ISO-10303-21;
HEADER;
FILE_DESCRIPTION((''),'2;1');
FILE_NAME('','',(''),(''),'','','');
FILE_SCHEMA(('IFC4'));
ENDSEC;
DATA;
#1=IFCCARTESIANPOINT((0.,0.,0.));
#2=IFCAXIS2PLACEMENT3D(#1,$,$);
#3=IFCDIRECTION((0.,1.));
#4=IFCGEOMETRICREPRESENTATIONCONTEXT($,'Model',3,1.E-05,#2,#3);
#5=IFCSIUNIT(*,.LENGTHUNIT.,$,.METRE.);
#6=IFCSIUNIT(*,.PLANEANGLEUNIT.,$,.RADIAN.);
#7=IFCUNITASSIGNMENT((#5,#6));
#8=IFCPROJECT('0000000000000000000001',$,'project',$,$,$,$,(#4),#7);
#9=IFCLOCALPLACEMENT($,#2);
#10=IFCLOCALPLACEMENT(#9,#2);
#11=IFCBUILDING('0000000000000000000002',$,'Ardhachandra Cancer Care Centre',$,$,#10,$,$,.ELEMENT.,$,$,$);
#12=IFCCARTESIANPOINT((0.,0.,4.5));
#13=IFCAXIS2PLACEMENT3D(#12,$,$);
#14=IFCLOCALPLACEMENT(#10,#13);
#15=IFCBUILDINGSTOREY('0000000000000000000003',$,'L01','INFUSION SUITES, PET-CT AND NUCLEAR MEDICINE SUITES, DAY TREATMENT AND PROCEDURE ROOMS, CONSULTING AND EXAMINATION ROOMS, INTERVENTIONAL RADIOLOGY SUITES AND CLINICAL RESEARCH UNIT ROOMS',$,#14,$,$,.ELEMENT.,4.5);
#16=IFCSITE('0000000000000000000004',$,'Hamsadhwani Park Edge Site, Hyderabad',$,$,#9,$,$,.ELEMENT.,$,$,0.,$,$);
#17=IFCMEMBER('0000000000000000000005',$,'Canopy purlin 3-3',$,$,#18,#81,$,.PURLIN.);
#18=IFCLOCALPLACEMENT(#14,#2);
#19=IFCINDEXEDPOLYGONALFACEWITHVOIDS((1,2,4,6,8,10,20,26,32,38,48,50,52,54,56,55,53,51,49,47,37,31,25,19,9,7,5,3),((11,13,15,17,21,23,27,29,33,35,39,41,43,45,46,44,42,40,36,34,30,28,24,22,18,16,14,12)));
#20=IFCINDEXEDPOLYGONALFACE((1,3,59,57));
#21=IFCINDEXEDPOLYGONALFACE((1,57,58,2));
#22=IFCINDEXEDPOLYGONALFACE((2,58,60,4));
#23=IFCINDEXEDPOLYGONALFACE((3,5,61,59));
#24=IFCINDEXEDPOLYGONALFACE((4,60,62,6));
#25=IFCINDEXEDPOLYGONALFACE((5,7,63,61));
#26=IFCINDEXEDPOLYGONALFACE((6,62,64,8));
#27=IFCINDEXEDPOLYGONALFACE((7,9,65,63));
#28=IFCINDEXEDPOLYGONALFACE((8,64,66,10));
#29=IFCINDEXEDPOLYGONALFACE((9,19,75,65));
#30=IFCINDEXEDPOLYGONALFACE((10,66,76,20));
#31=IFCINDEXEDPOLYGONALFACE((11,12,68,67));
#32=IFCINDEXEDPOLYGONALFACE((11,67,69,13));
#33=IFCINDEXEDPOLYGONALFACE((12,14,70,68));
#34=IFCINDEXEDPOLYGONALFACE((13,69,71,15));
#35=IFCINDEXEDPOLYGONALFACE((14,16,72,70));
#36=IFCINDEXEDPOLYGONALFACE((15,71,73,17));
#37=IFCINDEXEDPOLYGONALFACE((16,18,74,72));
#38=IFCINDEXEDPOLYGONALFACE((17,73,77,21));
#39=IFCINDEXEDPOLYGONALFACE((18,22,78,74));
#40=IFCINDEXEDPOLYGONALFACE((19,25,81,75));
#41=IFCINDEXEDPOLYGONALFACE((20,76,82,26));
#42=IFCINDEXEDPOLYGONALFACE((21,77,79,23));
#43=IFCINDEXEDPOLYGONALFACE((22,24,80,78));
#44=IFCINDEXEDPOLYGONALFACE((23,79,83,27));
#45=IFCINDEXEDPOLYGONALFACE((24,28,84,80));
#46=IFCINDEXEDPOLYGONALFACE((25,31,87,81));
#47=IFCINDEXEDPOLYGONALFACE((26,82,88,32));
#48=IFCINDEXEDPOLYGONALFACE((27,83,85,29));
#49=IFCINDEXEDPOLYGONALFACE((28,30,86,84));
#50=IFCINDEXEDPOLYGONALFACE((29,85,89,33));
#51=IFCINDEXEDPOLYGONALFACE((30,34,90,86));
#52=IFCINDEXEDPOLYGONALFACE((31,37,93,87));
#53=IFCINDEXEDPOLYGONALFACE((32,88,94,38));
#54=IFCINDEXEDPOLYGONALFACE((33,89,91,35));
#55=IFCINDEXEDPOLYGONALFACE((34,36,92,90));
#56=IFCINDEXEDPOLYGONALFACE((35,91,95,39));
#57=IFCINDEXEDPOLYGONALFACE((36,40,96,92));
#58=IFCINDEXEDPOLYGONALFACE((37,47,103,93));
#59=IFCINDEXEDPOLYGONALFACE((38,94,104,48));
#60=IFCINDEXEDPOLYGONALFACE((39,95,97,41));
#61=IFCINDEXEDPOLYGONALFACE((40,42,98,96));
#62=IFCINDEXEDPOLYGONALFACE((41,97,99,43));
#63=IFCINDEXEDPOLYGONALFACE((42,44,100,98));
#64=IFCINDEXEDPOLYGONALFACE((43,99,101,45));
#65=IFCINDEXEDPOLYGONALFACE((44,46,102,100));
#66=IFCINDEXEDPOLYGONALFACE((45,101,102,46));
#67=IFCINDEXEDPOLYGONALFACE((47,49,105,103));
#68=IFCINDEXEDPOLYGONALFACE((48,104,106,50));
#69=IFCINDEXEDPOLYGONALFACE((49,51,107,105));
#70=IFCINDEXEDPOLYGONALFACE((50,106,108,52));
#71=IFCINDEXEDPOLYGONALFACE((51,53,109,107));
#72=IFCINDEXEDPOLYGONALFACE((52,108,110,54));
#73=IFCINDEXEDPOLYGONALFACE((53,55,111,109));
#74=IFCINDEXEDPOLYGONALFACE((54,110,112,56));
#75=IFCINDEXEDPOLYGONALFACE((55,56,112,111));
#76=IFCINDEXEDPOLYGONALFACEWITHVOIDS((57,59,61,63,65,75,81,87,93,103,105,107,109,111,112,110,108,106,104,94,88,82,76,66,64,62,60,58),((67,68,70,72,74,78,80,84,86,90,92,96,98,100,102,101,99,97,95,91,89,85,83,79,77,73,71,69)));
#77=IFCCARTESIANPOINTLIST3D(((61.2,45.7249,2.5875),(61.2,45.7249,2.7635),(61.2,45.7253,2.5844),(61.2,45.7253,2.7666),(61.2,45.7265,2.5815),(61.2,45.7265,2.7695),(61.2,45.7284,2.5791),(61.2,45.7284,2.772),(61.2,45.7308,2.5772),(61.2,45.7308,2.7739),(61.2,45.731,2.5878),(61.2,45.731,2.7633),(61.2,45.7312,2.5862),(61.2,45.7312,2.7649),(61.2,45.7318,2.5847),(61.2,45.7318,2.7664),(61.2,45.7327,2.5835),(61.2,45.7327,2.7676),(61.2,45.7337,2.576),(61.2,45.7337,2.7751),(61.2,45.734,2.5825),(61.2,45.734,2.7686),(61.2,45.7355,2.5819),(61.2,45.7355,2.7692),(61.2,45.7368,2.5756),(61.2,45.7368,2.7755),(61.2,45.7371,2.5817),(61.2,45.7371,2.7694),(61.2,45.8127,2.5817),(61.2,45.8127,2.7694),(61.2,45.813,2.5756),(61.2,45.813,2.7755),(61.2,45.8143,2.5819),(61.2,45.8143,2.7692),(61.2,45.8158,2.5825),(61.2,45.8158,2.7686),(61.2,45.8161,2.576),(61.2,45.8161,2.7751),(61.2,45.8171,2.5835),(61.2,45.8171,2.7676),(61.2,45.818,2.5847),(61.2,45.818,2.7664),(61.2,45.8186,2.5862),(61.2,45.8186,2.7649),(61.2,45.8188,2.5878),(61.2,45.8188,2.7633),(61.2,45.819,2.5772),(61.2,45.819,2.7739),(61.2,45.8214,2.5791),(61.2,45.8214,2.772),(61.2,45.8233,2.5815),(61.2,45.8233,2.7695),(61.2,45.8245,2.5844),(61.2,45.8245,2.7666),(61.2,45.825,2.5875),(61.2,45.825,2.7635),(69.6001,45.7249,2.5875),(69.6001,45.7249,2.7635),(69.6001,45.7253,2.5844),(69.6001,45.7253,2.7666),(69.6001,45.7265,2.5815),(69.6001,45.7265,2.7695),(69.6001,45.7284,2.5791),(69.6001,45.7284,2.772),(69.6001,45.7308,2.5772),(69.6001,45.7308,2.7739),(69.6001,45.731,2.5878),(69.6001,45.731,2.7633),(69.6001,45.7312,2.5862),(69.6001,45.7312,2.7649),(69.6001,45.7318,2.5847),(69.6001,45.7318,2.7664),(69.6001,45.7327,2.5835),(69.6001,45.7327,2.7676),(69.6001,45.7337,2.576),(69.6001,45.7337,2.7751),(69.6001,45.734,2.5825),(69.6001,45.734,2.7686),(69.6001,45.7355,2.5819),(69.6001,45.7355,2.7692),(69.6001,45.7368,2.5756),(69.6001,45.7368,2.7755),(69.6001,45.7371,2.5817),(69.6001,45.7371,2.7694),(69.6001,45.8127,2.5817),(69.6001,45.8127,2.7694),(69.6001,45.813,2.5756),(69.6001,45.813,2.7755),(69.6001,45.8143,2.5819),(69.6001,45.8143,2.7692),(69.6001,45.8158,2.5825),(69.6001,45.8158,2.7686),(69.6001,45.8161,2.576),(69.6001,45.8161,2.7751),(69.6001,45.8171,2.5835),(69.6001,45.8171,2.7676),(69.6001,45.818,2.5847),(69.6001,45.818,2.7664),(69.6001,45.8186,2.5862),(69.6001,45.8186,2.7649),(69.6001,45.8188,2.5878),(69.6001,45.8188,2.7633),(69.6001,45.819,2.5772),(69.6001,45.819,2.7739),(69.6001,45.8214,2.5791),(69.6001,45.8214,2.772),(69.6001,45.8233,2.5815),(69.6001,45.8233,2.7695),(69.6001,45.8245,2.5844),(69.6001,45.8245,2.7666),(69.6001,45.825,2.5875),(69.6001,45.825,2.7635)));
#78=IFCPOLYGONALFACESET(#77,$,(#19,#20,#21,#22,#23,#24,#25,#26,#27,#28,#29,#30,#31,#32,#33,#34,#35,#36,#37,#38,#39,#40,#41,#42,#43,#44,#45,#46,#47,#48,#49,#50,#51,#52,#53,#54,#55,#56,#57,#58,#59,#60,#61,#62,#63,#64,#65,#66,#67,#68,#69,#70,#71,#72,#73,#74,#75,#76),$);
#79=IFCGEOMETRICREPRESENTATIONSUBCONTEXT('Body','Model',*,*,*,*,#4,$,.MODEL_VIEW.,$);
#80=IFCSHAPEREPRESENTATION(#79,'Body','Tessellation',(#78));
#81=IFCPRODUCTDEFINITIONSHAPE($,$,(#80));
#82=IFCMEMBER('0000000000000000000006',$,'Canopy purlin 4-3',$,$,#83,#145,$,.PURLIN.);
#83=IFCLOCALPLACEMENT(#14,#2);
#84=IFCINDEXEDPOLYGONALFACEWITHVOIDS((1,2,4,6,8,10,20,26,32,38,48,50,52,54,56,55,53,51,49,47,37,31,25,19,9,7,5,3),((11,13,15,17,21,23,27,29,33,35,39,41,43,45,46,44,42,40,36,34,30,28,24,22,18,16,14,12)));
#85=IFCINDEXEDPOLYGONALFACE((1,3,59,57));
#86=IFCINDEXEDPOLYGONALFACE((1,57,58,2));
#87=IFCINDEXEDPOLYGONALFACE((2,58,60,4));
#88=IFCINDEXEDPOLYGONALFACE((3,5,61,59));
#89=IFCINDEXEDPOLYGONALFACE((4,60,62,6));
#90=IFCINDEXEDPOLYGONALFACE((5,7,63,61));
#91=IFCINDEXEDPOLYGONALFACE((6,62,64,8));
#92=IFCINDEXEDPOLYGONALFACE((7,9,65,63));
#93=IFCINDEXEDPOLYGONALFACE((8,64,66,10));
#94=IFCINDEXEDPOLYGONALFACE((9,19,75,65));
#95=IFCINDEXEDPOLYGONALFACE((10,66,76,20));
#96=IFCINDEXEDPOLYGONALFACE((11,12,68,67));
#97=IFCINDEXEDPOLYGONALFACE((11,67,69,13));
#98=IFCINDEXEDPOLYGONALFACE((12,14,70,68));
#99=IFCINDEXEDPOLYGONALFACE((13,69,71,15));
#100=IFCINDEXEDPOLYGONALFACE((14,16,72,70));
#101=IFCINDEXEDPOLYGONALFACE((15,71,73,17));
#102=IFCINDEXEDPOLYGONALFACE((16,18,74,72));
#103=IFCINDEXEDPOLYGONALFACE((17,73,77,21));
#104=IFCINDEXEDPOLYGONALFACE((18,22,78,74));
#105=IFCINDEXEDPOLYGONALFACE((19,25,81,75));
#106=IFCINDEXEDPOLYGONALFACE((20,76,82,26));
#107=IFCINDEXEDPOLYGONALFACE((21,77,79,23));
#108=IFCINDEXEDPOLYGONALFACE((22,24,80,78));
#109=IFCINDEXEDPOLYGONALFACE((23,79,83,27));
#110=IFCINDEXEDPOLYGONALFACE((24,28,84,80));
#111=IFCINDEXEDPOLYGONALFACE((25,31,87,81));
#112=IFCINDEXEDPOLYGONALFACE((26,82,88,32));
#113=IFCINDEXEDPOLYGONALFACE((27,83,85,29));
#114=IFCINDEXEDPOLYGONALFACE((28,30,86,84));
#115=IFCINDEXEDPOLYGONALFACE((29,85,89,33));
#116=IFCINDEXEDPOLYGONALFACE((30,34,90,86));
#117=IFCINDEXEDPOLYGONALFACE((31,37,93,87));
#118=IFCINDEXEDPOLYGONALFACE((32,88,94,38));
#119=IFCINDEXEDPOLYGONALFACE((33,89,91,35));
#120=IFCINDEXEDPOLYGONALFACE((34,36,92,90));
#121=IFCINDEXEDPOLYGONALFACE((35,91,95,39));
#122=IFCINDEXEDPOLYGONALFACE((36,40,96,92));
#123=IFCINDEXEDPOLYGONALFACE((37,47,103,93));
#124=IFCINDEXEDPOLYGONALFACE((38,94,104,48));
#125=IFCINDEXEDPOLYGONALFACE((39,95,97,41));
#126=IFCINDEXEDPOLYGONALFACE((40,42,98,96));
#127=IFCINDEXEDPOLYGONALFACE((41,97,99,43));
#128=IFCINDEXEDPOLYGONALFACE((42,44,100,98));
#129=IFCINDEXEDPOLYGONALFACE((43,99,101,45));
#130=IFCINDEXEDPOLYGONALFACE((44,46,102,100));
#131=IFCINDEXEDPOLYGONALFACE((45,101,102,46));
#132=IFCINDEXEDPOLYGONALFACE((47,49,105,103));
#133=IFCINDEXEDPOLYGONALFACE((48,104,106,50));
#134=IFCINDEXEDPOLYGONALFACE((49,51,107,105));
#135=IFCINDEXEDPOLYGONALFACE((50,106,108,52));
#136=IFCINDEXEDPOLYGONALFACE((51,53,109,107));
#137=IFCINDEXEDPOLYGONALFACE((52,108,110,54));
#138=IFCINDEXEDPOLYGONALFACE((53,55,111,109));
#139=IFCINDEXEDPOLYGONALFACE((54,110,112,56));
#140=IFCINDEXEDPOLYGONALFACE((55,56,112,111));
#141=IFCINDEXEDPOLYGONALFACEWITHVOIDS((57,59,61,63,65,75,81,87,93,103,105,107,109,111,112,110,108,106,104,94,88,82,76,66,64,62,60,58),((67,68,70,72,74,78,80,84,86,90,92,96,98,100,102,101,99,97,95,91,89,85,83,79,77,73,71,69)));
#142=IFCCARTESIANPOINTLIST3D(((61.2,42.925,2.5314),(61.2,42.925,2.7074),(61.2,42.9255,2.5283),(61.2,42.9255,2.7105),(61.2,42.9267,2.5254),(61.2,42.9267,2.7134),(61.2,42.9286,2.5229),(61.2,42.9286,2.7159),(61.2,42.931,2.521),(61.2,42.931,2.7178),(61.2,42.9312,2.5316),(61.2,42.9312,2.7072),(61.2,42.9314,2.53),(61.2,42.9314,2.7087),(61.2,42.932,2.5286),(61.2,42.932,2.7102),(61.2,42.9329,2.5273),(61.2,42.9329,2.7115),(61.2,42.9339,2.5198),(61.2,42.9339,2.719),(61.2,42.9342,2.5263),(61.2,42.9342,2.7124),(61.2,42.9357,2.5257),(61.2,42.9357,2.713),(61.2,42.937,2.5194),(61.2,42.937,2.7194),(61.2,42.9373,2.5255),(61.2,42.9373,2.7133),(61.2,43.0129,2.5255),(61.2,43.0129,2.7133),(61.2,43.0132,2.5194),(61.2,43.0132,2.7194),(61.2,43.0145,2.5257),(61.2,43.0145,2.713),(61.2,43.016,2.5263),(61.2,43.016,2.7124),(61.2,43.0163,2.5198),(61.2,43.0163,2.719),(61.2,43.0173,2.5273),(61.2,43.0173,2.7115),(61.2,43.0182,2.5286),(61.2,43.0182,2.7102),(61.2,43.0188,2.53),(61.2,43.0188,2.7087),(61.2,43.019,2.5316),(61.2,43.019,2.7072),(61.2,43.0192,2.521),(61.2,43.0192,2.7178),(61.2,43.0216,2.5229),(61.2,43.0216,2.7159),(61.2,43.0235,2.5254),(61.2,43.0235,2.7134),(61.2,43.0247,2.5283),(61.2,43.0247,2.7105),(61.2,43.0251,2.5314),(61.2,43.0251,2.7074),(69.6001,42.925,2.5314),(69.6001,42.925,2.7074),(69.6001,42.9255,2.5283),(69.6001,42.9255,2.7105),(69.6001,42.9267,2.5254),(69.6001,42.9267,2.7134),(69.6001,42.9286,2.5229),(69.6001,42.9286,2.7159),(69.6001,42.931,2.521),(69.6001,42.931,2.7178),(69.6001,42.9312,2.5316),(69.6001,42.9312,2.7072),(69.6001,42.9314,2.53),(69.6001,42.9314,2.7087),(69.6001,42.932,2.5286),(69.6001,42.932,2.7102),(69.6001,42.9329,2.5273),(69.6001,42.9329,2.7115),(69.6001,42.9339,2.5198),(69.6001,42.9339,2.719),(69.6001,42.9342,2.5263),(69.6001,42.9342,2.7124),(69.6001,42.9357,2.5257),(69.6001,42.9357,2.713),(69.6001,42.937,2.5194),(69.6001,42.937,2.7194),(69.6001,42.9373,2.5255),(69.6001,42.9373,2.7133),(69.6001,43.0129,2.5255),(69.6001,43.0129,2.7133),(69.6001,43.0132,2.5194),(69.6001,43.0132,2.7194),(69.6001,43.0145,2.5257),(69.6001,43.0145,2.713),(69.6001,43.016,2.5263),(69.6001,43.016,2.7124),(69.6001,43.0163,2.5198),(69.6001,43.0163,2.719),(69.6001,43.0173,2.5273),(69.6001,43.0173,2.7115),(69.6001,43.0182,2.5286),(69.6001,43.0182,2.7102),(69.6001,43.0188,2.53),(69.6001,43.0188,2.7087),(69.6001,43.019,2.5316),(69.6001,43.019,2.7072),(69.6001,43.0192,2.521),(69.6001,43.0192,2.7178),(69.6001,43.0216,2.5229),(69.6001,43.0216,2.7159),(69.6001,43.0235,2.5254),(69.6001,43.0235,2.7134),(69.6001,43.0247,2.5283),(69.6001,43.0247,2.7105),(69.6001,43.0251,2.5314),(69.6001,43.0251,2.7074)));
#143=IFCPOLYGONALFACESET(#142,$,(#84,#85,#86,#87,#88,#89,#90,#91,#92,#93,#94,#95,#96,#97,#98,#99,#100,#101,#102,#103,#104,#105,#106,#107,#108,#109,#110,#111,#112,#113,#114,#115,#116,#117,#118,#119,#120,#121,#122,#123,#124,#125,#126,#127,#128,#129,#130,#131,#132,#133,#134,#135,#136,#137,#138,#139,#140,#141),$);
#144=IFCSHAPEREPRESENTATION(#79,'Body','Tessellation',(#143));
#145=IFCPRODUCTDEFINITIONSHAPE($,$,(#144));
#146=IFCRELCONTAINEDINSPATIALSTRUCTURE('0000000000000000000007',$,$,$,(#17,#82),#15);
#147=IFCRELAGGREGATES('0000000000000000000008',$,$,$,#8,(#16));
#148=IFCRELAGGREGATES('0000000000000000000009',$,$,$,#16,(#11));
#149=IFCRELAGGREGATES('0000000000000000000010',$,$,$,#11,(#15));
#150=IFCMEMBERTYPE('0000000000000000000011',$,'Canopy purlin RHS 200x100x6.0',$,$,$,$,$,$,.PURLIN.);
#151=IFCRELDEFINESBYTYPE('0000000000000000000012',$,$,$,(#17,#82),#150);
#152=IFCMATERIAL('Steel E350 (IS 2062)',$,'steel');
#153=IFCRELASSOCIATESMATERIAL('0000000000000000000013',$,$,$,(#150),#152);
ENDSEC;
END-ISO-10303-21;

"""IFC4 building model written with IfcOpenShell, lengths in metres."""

from ifc_helpers import new_model, si_unit, direction, frame, origin, origin_2d, place, context, subcontext, project, spatial, hollow_rectangle, extrude, material, material_profile, profile_set, type_object, element, save


model = new_model("IFC4")

# Units and contexts
model_context = context("Model", 3, precision=1e-05, world=origin(), true_north=direction((0.0, 1.0)))
body_context = subcontext(model_context, "Body", "Model", "MODEL_VIEW")
ifc_project = project(units=[si_unit("LENGTHUNIT", "METRE"), si_unit("PLANEANGLEUNIT", "RADIAN")], contexts=[model_context])

# Site, building, storey
site_placement = place(None, origin())
site = spatial("IfcSite", under=ifc_project, at=site_placement, Name="Hamsadhwani Park Edge Site, Hyderabad", CompositionType="ELEMENT", RefElevation=0.0)
building_placement = place(site_placement, origin())
building = spatial("IfcBuilding", under=site, at=building_placement, Name="Ardhachandra Cancer Care Centre", CompositionType="ELEMENT")
storey_placement = place(building_placement, frame((0.0, 0.0, 4.5)))
storey = spatial("IfcBuildingStorey", under=building, at=storey_placement, Name="L01", Description="INFUSION SUITES, PET-CT AND NUCLEAR MEDICINE SUITES, DAY TREATMENT AND PROCEDURE ROOMS, CONSULTING AND EXAMINATION ROOMS, INTERVENTIONAL RADIOLOGY SUITES AND CLINICAL RESEARCH UNIT ROOMS", CompositionType="ELEMENT", Elevation=4.5)

# Members
ifc_material_1 = material(Name="Steel E350 (IS 2062)", Category="steel")
ifc_material_profile_1 = material_profile(ifc_material_1, hollow_rectangle(XDim=0.1001, YDim=0.2, WallThickness=0.0061, InnerFilletRadius=0.0061, OuterFilletRadius=0.012, at=origin_2d()), Name="RHS 200x100x6.0")
ifc_profile_set_1 = profile_set([ifc_material_profile_1], Name="Steel E350 (IS 2062)")
member_type_1 = type_object("IfcMemberType", Name="Canopy purlin RHS 200x100x6.0", PredefinedType="PURLIN", material=ifc_profile_set_1)
for number, where, z_axis, x_axis, name in (
    (1, (61.2, 45.7749, 2.6755), (1.0, 0.0, 0.0), (0.0, 1.0, 0.0), "Canopy purlin 3-3"),
    (2, (61.2, 42.9751, 2.6194), (1.0, 0.0, 0.0), (0.0, 1.0, 0.0), "Canopy purlin 4-3"),
):
    element("IfcMember", number, at=place(storey_placement, frame(where, z_axis=z_axis, x_axis=x_axis)), inside=storey, type_object=member_type_1, Name=name, PredefinedType="PURLIN", context=body_context, shape_type="SweptSolid", body=[
        extrude(hollow_rectangle(XDim=0.1001, YDim=0.2, WallThickness=0.0061, InnerFilletRadius=0.0061, OuterFilletRadius=0.012, at=origin_2d()), origin(), (0.0, 0.0, 1.0), 8.4001),
    ])

save(model, "model.ifc")
